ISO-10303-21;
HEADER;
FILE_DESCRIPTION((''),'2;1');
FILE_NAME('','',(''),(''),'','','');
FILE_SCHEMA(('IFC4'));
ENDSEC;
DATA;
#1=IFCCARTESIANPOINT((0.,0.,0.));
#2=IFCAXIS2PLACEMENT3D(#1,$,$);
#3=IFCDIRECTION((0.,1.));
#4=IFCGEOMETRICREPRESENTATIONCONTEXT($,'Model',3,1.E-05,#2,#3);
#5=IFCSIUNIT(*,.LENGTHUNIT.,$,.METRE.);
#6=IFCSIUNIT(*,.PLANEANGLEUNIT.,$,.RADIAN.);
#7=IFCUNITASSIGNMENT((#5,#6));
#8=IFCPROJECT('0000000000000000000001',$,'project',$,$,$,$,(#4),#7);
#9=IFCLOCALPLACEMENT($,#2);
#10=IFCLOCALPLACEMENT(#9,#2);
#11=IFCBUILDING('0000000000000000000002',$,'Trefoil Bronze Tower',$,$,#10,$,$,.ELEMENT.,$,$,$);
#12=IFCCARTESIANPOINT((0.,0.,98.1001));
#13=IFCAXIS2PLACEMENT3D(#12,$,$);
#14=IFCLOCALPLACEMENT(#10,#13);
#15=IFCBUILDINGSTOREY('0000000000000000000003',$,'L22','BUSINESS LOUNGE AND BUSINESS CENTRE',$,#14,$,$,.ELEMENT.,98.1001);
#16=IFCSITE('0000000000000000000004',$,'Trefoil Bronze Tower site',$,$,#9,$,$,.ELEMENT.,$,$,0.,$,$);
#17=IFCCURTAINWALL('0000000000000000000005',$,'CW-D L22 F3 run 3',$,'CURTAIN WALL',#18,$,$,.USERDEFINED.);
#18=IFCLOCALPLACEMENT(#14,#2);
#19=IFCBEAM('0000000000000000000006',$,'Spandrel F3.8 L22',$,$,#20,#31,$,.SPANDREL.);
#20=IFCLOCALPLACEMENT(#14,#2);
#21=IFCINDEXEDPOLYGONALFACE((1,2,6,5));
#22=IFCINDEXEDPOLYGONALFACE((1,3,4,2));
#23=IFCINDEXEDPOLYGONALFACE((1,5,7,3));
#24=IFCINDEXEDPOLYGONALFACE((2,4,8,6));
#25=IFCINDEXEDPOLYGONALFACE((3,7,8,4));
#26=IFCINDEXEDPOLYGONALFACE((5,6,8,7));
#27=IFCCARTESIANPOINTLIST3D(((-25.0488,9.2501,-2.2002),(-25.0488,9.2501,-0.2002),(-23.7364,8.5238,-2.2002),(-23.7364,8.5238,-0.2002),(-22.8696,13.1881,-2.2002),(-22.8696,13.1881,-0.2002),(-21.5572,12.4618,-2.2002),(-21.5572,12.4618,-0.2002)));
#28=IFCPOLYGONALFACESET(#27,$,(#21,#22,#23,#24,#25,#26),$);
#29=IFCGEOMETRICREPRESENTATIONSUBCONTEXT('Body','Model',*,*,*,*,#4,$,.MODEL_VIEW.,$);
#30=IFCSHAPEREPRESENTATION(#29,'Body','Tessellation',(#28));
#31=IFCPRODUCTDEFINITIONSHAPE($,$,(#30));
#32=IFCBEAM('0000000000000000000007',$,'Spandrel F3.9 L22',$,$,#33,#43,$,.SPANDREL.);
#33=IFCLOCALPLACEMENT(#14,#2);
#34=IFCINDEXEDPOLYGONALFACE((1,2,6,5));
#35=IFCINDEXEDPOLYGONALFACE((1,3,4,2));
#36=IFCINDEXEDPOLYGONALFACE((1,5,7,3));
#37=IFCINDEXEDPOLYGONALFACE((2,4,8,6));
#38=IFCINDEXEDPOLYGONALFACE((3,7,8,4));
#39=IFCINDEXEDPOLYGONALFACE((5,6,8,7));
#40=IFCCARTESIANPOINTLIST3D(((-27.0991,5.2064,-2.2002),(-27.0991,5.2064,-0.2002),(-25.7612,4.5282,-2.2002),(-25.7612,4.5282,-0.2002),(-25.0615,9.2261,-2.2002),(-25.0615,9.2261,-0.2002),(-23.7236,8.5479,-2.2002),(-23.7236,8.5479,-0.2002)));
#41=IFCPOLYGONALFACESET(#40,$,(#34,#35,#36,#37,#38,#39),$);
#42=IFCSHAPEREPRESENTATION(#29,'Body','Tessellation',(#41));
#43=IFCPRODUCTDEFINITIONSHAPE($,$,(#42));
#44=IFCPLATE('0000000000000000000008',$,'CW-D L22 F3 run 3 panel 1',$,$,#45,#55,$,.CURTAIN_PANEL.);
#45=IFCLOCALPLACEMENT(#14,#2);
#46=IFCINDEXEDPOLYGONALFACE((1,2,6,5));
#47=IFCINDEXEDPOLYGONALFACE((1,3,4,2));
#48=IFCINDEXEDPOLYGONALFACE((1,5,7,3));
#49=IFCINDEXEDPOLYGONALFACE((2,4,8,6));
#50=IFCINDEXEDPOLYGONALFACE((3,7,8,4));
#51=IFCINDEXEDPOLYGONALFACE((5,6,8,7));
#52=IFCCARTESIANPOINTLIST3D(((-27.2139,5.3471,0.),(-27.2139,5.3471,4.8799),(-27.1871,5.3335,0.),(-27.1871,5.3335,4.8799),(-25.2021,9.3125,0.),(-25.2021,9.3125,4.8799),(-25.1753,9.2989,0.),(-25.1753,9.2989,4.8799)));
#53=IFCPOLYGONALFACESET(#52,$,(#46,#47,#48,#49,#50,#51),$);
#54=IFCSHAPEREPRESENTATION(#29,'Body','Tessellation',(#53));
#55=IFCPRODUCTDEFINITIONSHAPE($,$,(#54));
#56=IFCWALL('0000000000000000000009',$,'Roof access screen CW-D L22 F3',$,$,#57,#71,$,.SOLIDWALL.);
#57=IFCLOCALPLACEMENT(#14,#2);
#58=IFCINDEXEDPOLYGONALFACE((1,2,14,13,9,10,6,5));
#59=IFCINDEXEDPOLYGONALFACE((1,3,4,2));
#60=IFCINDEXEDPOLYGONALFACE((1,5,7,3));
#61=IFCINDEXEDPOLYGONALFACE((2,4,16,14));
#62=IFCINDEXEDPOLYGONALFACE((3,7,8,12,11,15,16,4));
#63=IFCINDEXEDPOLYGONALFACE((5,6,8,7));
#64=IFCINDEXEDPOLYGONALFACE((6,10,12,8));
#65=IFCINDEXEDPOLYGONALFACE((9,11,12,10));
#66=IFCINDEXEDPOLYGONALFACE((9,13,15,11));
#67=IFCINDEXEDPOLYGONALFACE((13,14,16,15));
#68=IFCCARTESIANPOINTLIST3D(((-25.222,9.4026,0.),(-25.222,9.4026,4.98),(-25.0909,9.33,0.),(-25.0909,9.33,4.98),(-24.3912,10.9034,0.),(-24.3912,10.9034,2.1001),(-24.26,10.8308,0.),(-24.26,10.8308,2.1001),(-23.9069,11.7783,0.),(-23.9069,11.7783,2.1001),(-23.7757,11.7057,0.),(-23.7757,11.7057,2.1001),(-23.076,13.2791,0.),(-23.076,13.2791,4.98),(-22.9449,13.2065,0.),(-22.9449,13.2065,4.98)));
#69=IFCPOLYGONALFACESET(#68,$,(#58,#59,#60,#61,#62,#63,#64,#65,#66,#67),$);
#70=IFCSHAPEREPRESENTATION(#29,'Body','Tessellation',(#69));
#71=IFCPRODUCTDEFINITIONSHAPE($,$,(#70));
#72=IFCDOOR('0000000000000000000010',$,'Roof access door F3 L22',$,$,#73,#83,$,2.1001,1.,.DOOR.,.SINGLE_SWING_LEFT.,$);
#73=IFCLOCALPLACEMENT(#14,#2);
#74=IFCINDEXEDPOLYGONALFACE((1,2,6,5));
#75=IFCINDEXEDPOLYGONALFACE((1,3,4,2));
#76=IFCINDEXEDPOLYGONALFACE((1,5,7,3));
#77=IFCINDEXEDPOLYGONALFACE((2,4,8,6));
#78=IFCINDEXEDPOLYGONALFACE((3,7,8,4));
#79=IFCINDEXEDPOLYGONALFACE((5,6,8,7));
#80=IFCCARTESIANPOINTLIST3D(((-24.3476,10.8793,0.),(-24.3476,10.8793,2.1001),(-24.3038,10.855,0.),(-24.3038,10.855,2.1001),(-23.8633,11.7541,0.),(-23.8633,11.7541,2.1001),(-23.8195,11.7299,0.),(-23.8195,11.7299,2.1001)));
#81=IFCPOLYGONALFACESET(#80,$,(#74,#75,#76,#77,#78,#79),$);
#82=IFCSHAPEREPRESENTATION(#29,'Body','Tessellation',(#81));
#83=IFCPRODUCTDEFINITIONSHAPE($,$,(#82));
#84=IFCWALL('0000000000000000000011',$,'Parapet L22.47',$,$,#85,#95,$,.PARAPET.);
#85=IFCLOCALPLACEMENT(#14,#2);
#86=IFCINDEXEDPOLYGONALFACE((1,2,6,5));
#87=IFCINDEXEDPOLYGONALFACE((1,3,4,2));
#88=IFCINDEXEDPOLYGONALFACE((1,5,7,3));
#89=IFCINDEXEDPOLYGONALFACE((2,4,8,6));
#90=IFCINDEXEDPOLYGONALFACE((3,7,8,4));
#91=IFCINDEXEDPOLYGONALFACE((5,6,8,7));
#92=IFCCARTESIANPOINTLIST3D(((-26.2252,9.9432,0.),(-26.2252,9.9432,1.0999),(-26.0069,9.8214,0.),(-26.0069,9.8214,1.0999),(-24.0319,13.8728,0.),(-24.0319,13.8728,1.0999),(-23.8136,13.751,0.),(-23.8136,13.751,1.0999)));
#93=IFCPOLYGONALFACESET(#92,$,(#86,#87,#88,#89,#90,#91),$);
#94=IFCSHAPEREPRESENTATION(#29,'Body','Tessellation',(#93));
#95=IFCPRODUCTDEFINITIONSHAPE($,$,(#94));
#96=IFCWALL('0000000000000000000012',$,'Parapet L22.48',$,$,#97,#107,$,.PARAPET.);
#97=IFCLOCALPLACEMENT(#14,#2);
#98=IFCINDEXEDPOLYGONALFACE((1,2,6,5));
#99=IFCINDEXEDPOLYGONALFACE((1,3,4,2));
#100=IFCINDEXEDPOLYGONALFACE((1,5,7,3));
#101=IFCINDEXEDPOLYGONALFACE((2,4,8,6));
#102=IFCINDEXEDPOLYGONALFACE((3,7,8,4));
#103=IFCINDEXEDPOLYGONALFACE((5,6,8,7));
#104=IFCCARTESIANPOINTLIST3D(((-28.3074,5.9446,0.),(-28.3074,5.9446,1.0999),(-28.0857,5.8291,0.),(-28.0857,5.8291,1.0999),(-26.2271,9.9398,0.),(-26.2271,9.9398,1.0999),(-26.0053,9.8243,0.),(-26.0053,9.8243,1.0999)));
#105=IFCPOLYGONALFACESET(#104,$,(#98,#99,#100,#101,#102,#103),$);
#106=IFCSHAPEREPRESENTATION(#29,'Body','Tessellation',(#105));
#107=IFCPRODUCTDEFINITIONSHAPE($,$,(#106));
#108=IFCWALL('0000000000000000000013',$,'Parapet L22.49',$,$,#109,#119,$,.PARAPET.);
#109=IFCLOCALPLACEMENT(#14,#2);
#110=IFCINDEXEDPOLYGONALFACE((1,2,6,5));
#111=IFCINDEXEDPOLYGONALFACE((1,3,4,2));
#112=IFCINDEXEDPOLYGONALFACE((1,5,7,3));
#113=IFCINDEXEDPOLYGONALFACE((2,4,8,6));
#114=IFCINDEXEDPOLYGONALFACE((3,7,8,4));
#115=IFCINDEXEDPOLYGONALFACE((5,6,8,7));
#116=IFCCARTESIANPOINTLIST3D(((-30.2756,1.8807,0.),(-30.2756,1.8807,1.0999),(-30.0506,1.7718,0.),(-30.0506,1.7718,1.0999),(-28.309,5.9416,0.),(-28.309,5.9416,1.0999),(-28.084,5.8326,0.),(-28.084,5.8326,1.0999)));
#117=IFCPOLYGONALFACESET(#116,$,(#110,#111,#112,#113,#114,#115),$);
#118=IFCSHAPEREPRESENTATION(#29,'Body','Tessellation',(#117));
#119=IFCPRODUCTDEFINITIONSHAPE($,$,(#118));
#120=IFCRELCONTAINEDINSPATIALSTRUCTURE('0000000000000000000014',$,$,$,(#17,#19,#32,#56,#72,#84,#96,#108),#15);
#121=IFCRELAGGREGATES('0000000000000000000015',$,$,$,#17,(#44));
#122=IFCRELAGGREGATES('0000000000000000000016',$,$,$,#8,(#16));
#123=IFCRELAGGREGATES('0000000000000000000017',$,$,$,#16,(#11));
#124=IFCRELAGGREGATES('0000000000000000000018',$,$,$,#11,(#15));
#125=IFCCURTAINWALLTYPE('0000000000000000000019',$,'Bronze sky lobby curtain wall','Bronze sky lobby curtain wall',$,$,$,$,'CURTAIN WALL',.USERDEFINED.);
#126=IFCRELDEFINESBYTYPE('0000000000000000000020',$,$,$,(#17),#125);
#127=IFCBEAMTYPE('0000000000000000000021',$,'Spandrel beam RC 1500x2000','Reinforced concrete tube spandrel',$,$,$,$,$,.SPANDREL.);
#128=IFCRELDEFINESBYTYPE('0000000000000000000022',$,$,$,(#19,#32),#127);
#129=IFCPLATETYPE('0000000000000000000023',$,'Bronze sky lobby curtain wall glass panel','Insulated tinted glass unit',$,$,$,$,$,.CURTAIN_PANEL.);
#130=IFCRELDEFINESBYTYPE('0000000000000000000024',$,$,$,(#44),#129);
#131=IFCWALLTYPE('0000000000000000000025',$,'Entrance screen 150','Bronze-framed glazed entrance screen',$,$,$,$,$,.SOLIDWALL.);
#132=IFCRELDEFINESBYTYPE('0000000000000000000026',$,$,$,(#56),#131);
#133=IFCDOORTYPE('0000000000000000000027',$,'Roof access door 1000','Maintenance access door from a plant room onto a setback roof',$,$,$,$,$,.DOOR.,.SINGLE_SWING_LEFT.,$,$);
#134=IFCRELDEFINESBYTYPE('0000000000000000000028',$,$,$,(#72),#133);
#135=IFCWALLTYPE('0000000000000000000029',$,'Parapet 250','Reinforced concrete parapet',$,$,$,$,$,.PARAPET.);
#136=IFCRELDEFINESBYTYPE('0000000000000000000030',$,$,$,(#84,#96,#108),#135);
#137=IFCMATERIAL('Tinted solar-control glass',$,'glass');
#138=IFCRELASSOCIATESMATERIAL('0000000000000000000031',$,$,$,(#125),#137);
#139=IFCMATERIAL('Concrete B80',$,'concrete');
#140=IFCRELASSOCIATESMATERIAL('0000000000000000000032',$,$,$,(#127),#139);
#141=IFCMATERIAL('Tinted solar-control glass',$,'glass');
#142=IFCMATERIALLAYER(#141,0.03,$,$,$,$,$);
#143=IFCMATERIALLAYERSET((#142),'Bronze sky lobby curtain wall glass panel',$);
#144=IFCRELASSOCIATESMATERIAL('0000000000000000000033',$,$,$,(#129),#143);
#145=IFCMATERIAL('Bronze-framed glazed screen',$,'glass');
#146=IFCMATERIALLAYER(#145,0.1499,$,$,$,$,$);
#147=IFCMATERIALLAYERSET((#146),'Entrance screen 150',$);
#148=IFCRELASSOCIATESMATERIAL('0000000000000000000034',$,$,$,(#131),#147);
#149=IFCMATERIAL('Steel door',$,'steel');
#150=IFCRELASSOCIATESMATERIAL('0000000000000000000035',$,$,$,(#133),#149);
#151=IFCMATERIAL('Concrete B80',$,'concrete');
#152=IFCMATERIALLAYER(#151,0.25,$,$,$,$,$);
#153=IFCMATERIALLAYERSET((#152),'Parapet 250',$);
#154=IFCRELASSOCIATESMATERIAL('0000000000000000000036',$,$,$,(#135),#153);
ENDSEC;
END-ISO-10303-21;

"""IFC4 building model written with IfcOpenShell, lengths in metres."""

from ifc_helpers import new_model, si_unit, direction, frame, frame_2d, origin, origin_2d, place, context, subcontext, project, spatial, rectangle, extrude, material, layer, layer_set, material_profile, profile_set, type_object, element, fill, aggregate, save


model = new_model("IFC4")

# Units and contexts
model_context = context("Model", 3, precision=1e-05, world=origin(), true_north=direction((0.0, 1.0)))
body_context = subcontext(model_context, "Body", "Model", "MODEL_VIEW")
ifc_project = project(units=[si_unit("LENGTHUNIT", "METRE"), si_unit("PLANEANGLEUNIT", "RADIAN")], contexts=[model_context])

# Site, building, storey
site_placement = place(None, origin())
site = spatial("IfcSite", under=ifc_project, at=site_placement, Name="Trefoil Bronze Tower site", CompositionType="ELEMENT", RefElevation=0.0)
building_placement = place(site_placement, origin())
building = spatial("IfcBuilding", under=site, at=building_placement, Name="Trefoil Bronze Tower", CompositionType="ELEMENT")
storey_placement = place(building_placement, frame((0.0, 0.0, 98.1001)))
storey = spatial("IfcBuildingStorey", under=building, at=storey_placement, Name="L22", Description="BUSINESS LOUNGE AND BUSINESS CENTRE", CompositionType="ELEMENT", Elevation=98.1001)

# Shared definitions
ifc_material_1 = material(Name="Tinted solar-control glass", Category="glass")
curtain_wall_type = type_object("IfcCurtainWallType", Name="Bronze sky lobby curtain wall", Description="Bronze sky lobby curtain wall", ElementType="CURTAIN WALL", PredefinedType="USERDEFINED", material=ifc_material_1)

# Curtain wall
curtain_wall_1_placement = place(storey_placement, origin())
curtain_wall_1 = element("IfcCurtainWall", 1, at=curtain_wall_1_placement, inside=storey, type_object=curtain_wall_type, Name="CW-D L22 F3 run 3", ObjectType="CURTAIN WALL", PredefinedType="USERDEFINED")

# Beams
ifc_material_2 = material(Name="Concrete B80", Category="concrete")
ifc_material_profile_1 = material_profile(ifc_material_2, rectangle(XDim=1.5, YDim=2.0, at=origin_2d()), Name="RC 1500x2000")
ifc_profile_set_1 = profile_set([ifc_material_profile_1], Name="Concrete B80")
beam_type_1 = type_object("IfcBeamType", Name="Spandrel beam RC 1500x2000", Description="Reinforced concrete tube spandrel", PredefinedType="SPANDREL", material=ifc_profile_set_1)
beam_1_placement = place(storey_placement, frame((-22.2134, 12.825, -1.2002), z_axis=(-0.484187, -0.874965, 0.0), x_axis=(0.874965, -0.484187, 0.0)))
element("IfcBeam", 2, at=beam_1_placement, inside=storey, type_object=beam_type_1, Name="Spandrel F3.8 L22", PredefinedType="SPANDREL", context=body_context, shape_type="SweptSolid", body=[
    extrude(rectangle(XDim=1.5, YDim=2.0, at=origin_2d()), origin(), (0.0, 0.0, 1.0), 4.5007),
])
beam_2_placement = place(storey_placement, frame((-24.3926, 8.887, -1.2002), z_axis=(-0.452126, -0.891954, 0.0), x_axis=(0.891954, -0.452126, 0.0)))
element("IfcBeam", 3, at=beam_2_placement, inside=storey, type_object=beam_type_1, Name="Spandrel F3.9 L22", PredefinedType="SPANDREL", context=body_context, shape_type="SweptSolid", body=[
    extrude(rectangle(XDim=1.5, YDim=2.0, at=origin_2d()), origin(), (0.0, 0.0, 1.0), 4.5066),
])

# Plate
ifc_material_3 = material(Name="Tinted solar-control glass", Category="glass")
ifc_layer_1 = layer(ifc_material_3, 0.03)
ifc_layer_set_1 = layer_set([ifc_layer_1], Name="Bronze sky lobby curtain wall glass panel")
plate_type = type_object("IfcPlateType", Name="Bronze sky lobby curtain wall glass panel", Description="Insulated tinted glass unit", PredefinedType="CURTAIN_PANEL", material=ifc_layer_set_1)
plate_placement = place(storey_placement, frame((-26.1946, 7.323, 0.0), z_axis=(0.0, 0.0, 1.0), x_axis=(-0.452449, -0.89179, 0.0)))
plate = element("IfcPlate", 4, at=plate_placement, type_object=plate_type, Name="CW-D L22 F3 run 3 panel 1", PredefinedType="CURTAIN_PANEL", context=body_context, shape_type="SweptSolid", body=[
    extrude(rectangle(XDim=4.4465, YDim=0.03, at=origin_2d()), origin(), (0.0, 0.0, 1.0), 4.8799),
])
aggregate(curtain_wall_1, [plate])

# Wall, opening, door
ifc_material_4 = material(Name="Bronze-framed glazed screen", Category="glass")
ifc_layer_2 = layer(ifc_material_4, 0.1499)
ifc_layer_set_2 = layer_set([ifc_layer_2], Name="Entrance screen 150")
wall_type_1 = type_object("IfcWallType", Name="Entrance screen 150", Description="Bronze-framed glazed entrance screen", PredefinedType="SOLIDWALL", material=ifc_layer_set_2)
wall_1_placement = place(storey_placement, frame((-23.0105, 13.2427, 0.0), z_axis=(0.0, 0.0, 1.0), x_axis=(-0.484332, -0.874884, 0.0)))
wall_1 = element("IfcWall", 5, at=wall_1_placement, inside=storey, type_object=wall_type_1, Name="Roof access screen CW-D L22 F3", PredefinedType="SOLIDWALL", context=body_context, shape_type="SweptSolid", body=[
    extrude(rectangle(XDim=4.4309, YDim=0.1499, at=frame_2d((2.2153, 0.0))), origin(), (0.0, 0.0, 1.0), 4.98),
])
opening_placement = place(wall_1_placement, frame((1.7153, 0.0, 0.0)))
opening = element("IfcOpeningElement", 6, at=opening_placement, cuts=wall_1, PredefinedType="OPENING", context=body_context, shape_type="SweptSolid", body=[
    extrude(rectangle(XDim=1.0, YDim=2.1001, at=frame_2d((0.5, 1.05))), frame((0.0, 0.085, 0.0), z_axis=(0.0, -1.0, 0.0), x_axis=(1.0, 0.0, 0.0)), (0.0, 0.0, 1.0), 0.1699),
])
ifc_material_5 = material(Name="Steel door", Category="steel")
door_type = type_object("IfcDoorType", Name="Roof access door 1000", Description="Maintenance access door from a plant room onto a setback roof", OperationType="SINGLE_SWING_LEFT", PredefinedType="DOOR", material=ifc_material_5)
door_placement = place(opening_placement, origin())
door = element("IfcDoor", 7, at=door_placement, inside=storey, type_object=door_type, Name="Roof access door F3 L22", OperationType="SINGLE_SWING_LEFT", OverallHeight=2.1001, OverallWidth=1.0, PredefinedType="DOOR", context=body_context, shape_type="SweptSolid", body=[
    extrude(rectangle(XDim=1.0, YDim=2.1001, at=frame_2d((0.5, 1.05))), frame((0.0, 0.0249, 0.0), z_axis=(0.0, -1.0, 0.0), x_axis=(1.0, 0.0, 0.0)), (0.0, 0.0, 1.0), 0.05),
])
fill(opening, door)

# Walls
ifc_material_6 = material(Name="Concrete B80", Category="concrete")
ifc_layer_3 = layer(ifc_material_6, 0.25)
ifc_layer_set_3 = layer_set([ifc_layer_3], Name="Parapet 250")
wall_type_2 = type_object("IfcWallType", Name="Parapet 250", Description="Reinforced concrete parapet", PredefinedType="PARAPET", material=ifc_layer_set_3)
wall_2_placement = place(storey_placement, frame((-23.9229, 13.8118, 0.0), z_axis=(0.0, 0.0, 1.0), x_axis=(-0.487374, -0.873193, 0.0)))
element("IfcWall", 8, at=wall_2_placement, inside=storey, type_object=wall_type_2, Name="Parapet L22.47", PredefinedType="PARAPET", context=body_context, shape_type="SweptSolid", body=[
    extrude(rectangle(XDim=4.5002, YDim=0.25, at=frame_2d((2.25, 0.0))), origin(), (0.0, 0.0, 1.0), 1.0999),
])
wall_3_placement = place(storey_placement, frame((-26.1162, 9.8821, 0.0), z_axis=(0.0, 0.0, 1.0), x_axis=(-0.461853, -0.886957, 0.0)))
element("IfcWall", 9, at=wall_3_placement, inside=storey, type_object=wall_type_2, Name="Parapet L22.48", PredefinedType="PARAPET", context=body_context, shape_type="SweptSolid", body=[
    extrude(rectangle(XDim=4.5044, YDim=0.25, at=frame_2d((2.2522, 0.0))), origin(), (0.0, 0.0, 1.0), 1.0999),
])
wall_4_placement = place(storey_placement, frame((-28.1965, 5.887, 0.0), z_axis=(0.0, 0.0, 1.0), x_axis=(-0.435858, -0.900015, 0.0)))
element("IfcWall", 10, at=wall_4_placement, inside=storey, type_object=wall_type_2, Name="Parapet L22.49", PredefinedType="PARAPET", context=body_context, shape_type="SweptSolid", body=[
    extrude(rectangle(XDim=4.512, YDim=0.25, at=frame_2d((2.2559, 0.0))), origin(), (0.0, 0.0, 1.0), 1.0999),
])

save(model, "model.ifc")
